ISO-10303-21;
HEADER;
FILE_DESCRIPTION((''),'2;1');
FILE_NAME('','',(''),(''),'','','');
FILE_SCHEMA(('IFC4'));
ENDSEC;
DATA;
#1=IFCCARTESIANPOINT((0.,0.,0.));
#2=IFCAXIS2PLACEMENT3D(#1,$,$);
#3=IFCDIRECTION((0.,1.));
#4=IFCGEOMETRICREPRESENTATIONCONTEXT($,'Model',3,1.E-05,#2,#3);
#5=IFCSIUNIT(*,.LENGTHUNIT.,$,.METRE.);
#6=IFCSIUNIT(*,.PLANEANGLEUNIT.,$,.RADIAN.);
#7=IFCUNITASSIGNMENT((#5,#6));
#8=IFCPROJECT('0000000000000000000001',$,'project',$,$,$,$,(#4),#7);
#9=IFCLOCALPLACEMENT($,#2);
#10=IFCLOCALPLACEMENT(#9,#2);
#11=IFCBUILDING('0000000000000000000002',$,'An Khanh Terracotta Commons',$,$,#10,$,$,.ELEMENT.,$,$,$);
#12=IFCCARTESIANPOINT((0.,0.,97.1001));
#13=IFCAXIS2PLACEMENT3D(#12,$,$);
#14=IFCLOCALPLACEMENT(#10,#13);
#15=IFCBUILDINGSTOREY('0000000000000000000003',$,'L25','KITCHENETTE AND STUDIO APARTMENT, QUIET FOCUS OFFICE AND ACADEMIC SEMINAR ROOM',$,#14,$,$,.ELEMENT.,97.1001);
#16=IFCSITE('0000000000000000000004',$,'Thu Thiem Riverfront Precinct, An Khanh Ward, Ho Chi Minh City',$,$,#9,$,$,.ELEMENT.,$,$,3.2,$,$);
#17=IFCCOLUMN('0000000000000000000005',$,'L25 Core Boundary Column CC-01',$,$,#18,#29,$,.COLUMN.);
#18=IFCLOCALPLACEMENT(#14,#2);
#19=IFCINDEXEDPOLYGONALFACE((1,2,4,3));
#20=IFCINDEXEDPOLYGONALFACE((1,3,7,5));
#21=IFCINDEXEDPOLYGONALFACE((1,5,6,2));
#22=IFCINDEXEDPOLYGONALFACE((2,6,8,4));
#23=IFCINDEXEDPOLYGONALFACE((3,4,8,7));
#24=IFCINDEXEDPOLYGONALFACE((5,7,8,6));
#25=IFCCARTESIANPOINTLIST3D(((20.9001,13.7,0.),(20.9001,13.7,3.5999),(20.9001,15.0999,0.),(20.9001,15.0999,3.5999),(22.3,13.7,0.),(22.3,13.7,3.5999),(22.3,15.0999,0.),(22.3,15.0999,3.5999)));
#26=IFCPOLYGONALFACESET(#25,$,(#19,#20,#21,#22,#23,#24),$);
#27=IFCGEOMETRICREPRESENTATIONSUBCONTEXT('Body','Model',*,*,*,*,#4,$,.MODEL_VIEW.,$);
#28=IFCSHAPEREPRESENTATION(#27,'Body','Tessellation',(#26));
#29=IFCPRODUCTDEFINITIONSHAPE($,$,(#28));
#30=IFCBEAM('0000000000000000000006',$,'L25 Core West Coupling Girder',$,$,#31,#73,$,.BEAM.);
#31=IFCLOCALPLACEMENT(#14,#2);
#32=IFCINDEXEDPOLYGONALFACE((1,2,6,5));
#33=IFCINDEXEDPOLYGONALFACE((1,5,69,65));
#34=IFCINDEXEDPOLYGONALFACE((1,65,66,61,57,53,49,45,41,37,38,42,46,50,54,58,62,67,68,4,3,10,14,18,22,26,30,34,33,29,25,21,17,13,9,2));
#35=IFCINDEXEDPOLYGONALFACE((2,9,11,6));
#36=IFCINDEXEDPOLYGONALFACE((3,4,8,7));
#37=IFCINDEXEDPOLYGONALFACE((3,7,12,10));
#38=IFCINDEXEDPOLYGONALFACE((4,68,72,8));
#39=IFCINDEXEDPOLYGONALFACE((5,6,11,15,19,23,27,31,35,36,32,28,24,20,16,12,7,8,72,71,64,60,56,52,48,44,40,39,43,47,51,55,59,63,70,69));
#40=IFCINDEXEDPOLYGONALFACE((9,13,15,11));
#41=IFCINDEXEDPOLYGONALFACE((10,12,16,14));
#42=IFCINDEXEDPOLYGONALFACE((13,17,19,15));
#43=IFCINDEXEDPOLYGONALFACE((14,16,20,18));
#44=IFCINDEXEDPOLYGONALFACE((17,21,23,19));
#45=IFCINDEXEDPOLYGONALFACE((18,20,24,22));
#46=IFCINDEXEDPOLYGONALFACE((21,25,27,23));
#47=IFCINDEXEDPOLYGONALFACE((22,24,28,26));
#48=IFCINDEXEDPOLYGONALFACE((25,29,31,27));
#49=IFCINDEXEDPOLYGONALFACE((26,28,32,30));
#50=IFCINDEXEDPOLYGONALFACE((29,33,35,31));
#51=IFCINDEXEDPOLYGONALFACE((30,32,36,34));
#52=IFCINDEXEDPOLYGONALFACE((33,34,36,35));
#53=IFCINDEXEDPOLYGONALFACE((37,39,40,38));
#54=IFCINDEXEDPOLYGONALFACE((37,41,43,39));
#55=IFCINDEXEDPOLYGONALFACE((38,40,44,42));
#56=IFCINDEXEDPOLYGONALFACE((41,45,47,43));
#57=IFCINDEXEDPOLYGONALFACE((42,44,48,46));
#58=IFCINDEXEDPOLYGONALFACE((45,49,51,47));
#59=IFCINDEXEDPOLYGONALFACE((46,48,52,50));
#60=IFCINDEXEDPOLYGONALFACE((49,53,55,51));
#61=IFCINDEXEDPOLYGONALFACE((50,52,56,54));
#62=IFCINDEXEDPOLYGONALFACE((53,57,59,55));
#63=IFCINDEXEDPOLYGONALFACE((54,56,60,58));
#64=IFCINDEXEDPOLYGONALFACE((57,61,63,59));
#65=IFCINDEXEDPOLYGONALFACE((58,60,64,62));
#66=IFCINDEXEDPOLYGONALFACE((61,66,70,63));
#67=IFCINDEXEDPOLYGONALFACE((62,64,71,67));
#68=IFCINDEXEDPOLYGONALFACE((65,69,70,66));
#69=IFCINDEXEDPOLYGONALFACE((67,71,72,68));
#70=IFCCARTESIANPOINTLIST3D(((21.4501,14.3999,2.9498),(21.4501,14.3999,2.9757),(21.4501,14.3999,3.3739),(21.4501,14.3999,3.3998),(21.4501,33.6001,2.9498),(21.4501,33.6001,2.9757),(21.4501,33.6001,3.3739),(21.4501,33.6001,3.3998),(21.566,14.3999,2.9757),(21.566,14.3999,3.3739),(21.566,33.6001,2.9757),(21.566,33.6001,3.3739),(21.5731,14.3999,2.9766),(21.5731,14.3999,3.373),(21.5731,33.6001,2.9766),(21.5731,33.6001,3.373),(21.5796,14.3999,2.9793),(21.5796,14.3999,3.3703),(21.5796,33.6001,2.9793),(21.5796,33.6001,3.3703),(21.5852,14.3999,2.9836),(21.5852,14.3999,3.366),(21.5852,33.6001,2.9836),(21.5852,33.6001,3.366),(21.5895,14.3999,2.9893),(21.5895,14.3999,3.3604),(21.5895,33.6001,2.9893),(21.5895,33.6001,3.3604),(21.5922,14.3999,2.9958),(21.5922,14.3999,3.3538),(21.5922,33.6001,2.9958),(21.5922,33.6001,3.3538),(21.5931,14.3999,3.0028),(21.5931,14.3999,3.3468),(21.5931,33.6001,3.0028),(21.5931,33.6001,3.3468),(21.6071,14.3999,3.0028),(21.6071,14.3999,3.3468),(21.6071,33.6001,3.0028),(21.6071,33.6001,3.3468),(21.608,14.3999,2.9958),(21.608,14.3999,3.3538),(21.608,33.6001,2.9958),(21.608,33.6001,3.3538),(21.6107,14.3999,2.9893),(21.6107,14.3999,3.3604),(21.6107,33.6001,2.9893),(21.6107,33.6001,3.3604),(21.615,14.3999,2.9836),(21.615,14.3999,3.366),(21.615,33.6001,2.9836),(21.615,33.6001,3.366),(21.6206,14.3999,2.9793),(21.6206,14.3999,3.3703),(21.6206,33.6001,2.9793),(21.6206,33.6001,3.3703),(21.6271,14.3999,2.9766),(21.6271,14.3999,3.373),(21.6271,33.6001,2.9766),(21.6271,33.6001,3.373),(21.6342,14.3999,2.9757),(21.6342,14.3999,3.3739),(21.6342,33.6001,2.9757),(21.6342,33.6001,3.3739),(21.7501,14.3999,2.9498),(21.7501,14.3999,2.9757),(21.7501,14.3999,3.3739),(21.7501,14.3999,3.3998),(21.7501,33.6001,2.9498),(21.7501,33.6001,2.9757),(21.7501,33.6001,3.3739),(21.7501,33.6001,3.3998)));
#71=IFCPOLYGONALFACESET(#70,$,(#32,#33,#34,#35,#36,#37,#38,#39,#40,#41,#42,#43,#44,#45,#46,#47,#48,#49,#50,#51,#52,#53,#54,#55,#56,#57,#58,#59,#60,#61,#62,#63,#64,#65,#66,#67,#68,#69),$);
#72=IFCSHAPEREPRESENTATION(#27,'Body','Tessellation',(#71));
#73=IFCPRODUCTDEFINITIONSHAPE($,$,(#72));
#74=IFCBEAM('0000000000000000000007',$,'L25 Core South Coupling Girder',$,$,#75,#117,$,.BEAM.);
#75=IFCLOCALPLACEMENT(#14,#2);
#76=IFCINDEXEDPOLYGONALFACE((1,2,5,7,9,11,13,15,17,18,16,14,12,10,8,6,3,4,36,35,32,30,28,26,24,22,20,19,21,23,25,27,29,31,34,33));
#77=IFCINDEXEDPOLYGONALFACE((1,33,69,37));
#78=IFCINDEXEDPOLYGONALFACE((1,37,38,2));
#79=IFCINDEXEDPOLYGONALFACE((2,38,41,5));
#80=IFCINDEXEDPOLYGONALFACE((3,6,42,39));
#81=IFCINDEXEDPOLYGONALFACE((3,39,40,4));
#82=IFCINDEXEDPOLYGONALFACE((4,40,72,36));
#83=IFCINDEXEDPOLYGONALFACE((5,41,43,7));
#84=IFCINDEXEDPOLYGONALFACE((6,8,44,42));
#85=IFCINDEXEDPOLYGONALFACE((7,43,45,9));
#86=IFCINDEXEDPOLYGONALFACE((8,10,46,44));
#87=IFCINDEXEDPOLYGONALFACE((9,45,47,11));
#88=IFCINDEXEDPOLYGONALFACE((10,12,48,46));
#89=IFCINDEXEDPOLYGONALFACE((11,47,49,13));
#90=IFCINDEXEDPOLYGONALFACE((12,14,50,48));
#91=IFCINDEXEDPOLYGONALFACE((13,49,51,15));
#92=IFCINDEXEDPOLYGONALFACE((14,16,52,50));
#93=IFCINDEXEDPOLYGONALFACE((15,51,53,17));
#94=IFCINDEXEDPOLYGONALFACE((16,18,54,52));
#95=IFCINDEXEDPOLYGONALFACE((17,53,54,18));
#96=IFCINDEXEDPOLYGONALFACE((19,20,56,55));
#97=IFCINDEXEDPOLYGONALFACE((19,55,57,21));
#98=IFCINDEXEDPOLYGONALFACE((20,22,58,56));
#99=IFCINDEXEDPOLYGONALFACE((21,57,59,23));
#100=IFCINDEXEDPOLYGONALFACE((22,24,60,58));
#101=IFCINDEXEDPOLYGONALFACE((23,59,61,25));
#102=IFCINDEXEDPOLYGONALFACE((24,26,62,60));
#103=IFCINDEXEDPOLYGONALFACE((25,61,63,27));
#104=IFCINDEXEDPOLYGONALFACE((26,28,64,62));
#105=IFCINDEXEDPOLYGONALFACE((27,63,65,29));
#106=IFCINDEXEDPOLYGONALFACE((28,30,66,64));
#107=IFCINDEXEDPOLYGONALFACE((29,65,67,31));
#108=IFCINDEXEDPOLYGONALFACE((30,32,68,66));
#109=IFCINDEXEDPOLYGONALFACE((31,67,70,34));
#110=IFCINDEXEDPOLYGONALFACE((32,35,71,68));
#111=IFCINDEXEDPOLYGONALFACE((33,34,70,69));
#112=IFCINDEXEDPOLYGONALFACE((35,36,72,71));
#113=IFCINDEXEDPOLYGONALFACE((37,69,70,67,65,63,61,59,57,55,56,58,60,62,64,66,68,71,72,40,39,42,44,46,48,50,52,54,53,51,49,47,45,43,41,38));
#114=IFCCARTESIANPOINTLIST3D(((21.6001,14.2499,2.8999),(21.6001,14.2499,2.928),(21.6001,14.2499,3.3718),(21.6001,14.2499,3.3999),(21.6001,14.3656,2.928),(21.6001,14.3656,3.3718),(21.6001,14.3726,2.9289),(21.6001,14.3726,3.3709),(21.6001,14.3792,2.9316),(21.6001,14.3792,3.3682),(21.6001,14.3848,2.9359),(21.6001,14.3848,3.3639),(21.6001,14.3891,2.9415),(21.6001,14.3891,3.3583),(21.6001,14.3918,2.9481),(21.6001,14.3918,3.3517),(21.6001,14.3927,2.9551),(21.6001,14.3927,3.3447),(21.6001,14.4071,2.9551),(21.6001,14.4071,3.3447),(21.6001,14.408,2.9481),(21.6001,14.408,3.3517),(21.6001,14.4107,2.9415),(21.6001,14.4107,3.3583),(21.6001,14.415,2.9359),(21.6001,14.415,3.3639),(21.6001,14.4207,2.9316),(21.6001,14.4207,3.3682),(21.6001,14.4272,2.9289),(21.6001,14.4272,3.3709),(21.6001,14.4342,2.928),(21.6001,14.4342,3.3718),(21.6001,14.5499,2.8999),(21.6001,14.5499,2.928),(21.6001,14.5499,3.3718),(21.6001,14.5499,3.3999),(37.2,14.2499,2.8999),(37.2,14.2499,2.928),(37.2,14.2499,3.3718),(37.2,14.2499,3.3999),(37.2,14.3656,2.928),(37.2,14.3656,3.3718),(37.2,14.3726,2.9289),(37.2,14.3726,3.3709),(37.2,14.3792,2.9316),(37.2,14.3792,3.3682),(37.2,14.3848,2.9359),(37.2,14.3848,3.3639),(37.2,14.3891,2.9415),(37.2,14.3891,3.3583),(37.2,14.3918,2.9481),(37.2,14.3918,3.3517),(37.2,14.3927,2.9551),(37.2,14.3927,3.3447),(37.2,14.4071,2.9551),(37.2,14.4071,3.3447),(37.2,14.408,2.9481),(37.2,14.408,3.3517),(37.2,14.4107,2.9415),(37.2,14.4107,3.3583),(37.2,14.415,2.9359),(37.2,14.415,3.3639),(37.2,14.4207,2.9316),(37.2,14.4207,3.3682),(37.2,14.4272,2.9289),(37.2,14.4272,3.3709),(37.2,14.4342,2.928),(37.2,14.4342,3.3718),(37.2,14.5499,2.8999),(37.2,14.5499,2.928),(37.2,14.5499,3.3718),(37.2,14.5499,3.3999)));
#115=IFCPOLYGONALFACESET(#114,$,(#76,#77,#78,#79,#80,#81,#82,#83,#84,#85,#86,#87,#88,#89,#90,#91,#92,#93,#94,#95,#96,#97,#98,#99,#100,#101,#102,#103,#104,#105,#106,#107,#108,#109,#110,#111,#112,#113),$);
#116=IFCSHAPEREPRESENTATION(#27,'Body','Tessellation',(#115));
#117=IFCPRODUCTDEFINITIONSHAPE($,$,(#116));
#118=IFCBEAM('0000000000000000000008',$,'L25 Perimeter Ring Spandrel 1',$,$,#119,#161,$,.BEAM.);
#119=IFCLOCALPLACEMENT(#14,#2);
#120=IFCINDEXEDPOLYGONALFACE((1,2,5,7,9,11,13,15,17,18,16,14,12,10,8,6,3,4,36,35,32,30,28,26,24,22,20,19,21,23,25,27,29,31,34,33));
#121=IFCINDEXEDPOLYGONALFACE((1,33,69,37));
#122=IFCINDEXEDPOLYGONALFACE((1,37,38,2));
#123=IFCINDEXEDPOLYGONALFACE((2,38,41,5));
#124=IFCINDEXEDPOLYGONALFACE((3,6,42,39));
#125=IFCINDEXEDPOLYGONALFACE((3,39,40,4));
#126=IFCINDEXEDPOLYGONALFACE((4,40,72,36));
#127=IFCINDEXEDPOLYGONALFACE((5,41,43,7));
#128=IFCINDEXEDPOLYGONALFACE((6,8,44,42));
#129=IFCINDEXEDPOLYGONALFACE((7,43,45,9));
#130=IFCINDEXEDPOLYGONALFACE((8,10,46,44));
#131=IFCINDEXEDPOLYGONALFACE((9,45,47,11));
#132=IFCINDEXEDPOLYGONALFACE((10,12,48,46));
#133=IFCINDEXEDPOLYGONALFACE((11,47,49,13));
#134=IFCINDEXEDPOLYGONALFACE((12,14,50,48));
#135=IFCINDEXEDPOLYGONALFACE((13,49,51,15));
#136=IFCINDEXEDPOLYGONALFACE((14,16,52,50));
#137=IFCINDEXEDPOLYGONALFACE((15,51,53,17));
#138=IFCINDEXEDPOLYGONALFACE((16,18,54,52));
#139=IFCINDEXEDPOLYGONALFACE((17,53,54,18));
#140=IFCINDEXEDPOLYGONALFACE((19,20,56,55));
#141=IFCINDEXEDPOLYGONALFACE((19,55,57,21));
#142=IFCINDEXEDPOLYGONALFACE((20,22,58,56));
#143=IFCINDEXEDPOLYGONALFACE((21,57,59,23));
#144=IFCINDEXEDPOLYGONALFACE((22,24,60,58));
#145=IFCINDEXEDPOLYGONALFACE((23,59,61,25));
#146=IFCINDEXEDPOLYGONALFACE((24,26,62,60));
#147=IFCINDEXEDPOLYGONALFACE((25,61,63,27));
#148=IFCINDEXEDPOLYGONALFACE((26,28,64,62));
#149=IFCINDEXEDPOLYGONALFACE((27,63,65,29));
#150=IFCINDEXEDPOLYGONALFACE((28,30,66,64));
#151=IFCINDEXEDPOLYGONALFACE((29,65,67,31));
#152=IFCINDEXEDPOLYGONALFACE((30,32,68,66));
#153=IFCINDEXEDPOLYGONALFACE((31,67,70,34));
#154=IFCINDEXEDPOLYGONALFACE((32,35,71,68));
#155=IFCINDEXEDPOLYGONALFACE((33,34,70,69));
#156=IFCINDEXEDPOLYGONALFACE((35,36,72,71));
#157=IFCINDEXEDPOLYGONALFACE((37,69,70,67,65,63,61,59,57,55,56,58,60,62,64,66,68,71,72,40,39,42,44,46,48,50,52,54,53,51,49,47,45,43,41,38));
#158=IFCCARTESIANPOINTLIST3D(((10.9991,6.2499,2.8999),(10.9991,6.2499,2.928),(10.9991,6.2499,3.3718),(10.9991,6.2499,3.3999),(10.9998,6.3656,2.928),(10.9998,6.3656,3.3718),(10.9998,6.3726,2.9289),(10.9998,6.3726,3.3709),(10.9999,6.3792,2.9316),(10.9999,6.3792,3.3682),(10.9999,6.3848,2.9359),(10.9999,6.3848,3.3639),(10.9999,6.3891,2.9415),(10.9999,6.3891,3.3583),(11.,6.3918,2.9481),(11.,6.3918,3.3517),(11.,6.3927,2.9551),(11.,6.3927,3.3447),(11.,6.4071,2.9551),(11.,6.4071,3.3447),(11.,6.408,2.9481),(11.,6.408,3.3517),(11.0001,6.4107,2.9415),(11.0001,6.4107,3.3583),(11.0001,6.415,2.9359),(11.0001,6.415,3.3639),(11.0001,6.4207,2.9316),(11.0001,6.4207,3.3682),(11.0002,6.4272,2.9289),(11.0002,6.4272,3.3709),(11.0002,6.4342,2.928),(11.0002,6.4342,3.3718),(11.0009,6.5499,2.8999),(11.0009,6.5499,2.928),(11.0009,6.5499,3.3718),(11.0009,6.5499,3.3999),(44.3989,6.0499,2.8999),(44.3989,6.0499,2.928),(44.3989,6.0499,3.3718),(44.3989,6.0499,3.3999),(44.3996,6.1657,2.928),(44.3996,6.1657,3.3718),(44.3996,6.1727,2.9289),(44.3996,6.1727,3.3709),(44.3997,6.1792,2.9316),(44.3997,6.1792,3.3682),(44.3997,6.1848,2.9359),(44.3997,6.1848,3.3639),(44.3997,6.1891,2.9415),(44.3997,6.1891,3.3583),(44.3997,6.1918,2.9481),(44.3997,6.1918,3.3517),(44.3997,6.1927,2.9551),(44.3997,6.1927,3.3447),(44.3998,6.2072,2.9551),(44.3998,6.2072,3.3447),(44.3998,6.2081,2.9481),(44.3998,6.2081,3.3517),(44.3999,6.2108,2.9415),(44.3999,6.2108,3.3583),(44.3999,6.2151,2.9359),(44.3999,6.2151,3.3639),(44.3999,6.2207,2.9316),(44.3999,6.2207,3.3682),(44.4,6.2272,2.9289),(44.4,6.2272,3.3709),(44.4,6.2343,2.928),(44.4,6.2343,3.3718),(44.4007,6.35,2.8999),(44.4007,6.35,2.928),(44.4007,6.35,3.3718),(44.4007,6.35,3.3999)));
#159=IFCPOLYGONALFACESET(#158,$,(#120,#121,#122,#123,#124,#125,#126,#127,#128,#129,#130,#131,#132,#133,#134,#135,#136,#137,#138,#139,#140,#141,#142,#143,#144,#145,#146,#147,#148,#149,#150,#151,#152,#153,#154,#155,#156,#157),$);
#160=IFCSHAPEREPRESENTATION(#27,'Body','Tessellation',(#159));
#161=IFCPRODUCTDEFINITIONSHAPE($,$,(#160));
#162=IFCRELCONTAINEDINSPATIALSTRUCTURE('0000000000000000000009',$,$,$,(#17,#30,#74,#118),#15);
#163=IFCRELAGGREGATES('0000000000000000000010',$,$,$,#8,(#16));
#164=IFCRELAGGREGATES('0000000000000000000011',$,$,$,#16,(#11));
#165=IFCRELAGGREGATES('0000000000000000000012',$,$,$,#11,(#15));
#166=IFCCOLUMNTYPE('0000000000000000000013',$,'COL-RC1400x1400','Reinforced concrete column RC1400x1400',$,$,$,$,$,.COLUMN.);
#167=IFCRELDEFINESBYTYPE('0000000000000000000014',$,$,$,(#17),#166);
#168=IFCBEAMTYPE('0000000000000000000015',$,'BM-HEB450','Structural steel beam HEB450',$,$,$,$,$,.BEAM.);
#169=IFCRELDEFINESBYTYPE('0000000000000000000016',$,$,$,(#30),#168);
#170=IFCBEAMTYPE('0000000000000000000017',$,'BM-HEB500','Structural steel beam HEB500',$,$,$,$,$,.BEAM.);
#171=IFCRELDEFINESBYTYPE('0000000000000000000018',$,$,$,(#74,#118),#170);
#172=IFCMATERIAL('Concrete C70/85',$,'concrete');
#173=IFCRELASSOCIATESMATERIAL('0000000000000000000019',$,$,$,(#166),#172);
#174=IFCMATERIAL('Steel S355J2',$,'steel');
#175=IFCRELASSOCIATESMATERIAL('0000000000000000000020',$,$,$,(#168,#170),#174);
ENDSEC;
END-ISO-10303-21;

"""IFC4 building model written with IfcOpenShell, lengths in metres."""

from ifc_helpers import new_model, si_unit, direction, frame, origin, origin_2d, place, context, subcontext, project, spatial, rectangle, i_section, extrude, material, material_profile, profile_set, type_object, element, save


model = new_model("IFC4")

# Units and contexts
model_context = context("Model", 3, precision=1e-05, world=origin(), true_north=direction((0.0, 1.0)))
body_context = subcontext(model_context, "Body", "Model", "MODEL_VIEW")
ifc_project = project(units=[si_unit("LENGTHUNIT", "METRE"), si_unit("PLANEANGLEUNIT", "RADIAN")], contexts=[model_context])

# Site, building, storey
site_placement = place(None, origin())
site = spatial("IfcSite", under=ifc_project, at=site_placement, Name="Thu Thiem Riverfront Precinct, An Khanh Ward, Ho Chi Minh City", CompositionType="ELEMENT", RefElevation=3.2)
building_placement = place(site_placement, origin())
building = spatial("IfcBuilding", under=site, at=building_placement, Name="An Khanh Terracotta Commons", CompositionType="ELEMENT")
storey_placement = place(building_placement, frame((0.0, 0.0, 97.1001)))
storey = spatial("IfcBuildingStorey", under=building, at=storey_placement, Name="L25", Description="KITCHENETTE AND STUDIO APARTMENT, QUIET FOCUS OFFICE AND ACADEMIC SEMINAR ROOM", CompositionType="ELEMENT", Elevation=97.1001)

# Column
ifc_material_1 = material(Name="Concrete C70/85", Category="concrete")
ifc_material_profile_1 = material_profile(ifc_material_1, rectangle(XDim=1.3999, YDim=1.3999, at=origin_2d()), Name="RC1400x1400")
ifc_profile_set_1 = profile_set([ifc_material_profile_1], Name="Concrete C70/85")
column_type = type_object("IfcColumnType", Name="COL-RC1400x1400", Description="Reinforced concrete column RC1400x1400", PredefinedType="COLUMN", material=ifc_profile_set_1)
column_placement = place(storey_placement, frame((21.6001, 14.3999, 0.0), z_axis=(0.0, 0.0, 1.0), x_axis=(1.0, 0.0, 0.0)))
element("IfcColumn", 1, at=column_placement, inside=storey, type_object=column_type, Name="L25 Core Boundary Column CC-01", PredefinedType="COLUMN", context=body_context, shape_type="SweptSolid", body=[
    extrude(rectangle(XDim=1.3999, YDim=1.3999, at=origin_2d()), origin(), (0.0, 0.0, 1.0), 3.5999),
])

# Beams
ifc_material_2 = material(Name="Steel S355J2", Category="steel")
ifc_material_profile_2 = material_profile(ifc_material_2, i_section(OverallWidth=0.3, OverallDepth=0.45, WebThickness=0.0139, FlangeThickness=0.0259, FilletRadius=0.0271, at=origin_2d()), Name="HEB450")
ifc_profile_set_2 = profile_set([ifc_material_profile_2], Name="Steel S355J2")
beam_type_1 = type_object("IfcBeamType", Name="BM-HEB450", Description="Structural steel beam HEB450", PredefinedType="BEAM", material=ifc_profile_set_2)
beam_1_placement = place(storey_placement, frame((21.6001, 14.3999, 3.1748), z_axis=(0.0, 1.0, 0.0), x_axis=(-1.0, 0.0, 0.0)))
element("IfcBeam", 2, at=beam_1_placement, inside=storey, type_object=beam_type_1, Name="L25 Core West Coupling Girder", PredefinedType="BEAM", context=body_context, shape_type="SweptSolid", body=[
    extrude(i_section(OverallWidth=0.3, OverallDepth=0.45, WebThickness=0.0139, FlangeThickness=0.0259, FilletRadius=0.0271, at=origin_2d()), origin(), (0.0, 0.0, 1.0), 19.2002),
])
ifc_material_profile_3 = material_profile(ifc_material_2, i_section(OverallWidth=0.3, OverallDepth=0.5, WebThickness=0.0144, FlangeThickness=0.0281, FilletRadius=0.0271, at=origin_2d()), Name="HEB500")
ifc_profile_set_3 = profile_set([ifc_material_profile_3], Name="Steel S355J2")
beam_type_2 = type_object("IfcBeamType", Name="BM-HEB500", Description="Structural steel beam HEB500", PredefinedType="BEAM", material=ifc_profile_set_3)
beam_2_placement = place(storey_placement, frame((21.6001, 14.3999, 3.1499), z_axis=(1.0, 0.0, 0.0), x_axis=(0.0, 1.0, 0.0)))
element("IfcBeam", 3, at=beam_2_placement, inside=storey, type_object=beam_type_2, Name="L25 Core South Coupling Girder", PredefinedType="BEAM", context=body_context, shape_type="SweptSolid", body=[
    extrude(i_section(OverallWidth=0.3, OverallDepth=0.5, WebThickness=0.0144, FlangeThickness=0.0281, FilletRadius=0.0271, at=origin_2d()), origin(), (0.0, 0.0, 1.0), 15.5999),
])
beam_3_placement = place(storey_placement, frame((11.0, 6.3999, 3.1499), z_axis=(0.999982, -0.005986, 0.0), x_axis=(0.005986, 0.999982, 0.0)))
element("IfcBeam", 4, at=beam_3_placement, inside=storey, type_object=beam_type_2, Name="L25 Perimeter Ring Spandrel 1", PredefinedType="BEAM", context=body_context, shape_type="SweptSolid", body=[
    extrude(i_section(OverallWidth=0.3, OverallDepth=0.5, WebThickness=0.0144, FlangeThickness=0.0281, FilletRadius=0.0271, at=origin_2d()), origin(), (0.0, 0.0, 1.0), 33.4004),
])

save(model, "model.ifc")
